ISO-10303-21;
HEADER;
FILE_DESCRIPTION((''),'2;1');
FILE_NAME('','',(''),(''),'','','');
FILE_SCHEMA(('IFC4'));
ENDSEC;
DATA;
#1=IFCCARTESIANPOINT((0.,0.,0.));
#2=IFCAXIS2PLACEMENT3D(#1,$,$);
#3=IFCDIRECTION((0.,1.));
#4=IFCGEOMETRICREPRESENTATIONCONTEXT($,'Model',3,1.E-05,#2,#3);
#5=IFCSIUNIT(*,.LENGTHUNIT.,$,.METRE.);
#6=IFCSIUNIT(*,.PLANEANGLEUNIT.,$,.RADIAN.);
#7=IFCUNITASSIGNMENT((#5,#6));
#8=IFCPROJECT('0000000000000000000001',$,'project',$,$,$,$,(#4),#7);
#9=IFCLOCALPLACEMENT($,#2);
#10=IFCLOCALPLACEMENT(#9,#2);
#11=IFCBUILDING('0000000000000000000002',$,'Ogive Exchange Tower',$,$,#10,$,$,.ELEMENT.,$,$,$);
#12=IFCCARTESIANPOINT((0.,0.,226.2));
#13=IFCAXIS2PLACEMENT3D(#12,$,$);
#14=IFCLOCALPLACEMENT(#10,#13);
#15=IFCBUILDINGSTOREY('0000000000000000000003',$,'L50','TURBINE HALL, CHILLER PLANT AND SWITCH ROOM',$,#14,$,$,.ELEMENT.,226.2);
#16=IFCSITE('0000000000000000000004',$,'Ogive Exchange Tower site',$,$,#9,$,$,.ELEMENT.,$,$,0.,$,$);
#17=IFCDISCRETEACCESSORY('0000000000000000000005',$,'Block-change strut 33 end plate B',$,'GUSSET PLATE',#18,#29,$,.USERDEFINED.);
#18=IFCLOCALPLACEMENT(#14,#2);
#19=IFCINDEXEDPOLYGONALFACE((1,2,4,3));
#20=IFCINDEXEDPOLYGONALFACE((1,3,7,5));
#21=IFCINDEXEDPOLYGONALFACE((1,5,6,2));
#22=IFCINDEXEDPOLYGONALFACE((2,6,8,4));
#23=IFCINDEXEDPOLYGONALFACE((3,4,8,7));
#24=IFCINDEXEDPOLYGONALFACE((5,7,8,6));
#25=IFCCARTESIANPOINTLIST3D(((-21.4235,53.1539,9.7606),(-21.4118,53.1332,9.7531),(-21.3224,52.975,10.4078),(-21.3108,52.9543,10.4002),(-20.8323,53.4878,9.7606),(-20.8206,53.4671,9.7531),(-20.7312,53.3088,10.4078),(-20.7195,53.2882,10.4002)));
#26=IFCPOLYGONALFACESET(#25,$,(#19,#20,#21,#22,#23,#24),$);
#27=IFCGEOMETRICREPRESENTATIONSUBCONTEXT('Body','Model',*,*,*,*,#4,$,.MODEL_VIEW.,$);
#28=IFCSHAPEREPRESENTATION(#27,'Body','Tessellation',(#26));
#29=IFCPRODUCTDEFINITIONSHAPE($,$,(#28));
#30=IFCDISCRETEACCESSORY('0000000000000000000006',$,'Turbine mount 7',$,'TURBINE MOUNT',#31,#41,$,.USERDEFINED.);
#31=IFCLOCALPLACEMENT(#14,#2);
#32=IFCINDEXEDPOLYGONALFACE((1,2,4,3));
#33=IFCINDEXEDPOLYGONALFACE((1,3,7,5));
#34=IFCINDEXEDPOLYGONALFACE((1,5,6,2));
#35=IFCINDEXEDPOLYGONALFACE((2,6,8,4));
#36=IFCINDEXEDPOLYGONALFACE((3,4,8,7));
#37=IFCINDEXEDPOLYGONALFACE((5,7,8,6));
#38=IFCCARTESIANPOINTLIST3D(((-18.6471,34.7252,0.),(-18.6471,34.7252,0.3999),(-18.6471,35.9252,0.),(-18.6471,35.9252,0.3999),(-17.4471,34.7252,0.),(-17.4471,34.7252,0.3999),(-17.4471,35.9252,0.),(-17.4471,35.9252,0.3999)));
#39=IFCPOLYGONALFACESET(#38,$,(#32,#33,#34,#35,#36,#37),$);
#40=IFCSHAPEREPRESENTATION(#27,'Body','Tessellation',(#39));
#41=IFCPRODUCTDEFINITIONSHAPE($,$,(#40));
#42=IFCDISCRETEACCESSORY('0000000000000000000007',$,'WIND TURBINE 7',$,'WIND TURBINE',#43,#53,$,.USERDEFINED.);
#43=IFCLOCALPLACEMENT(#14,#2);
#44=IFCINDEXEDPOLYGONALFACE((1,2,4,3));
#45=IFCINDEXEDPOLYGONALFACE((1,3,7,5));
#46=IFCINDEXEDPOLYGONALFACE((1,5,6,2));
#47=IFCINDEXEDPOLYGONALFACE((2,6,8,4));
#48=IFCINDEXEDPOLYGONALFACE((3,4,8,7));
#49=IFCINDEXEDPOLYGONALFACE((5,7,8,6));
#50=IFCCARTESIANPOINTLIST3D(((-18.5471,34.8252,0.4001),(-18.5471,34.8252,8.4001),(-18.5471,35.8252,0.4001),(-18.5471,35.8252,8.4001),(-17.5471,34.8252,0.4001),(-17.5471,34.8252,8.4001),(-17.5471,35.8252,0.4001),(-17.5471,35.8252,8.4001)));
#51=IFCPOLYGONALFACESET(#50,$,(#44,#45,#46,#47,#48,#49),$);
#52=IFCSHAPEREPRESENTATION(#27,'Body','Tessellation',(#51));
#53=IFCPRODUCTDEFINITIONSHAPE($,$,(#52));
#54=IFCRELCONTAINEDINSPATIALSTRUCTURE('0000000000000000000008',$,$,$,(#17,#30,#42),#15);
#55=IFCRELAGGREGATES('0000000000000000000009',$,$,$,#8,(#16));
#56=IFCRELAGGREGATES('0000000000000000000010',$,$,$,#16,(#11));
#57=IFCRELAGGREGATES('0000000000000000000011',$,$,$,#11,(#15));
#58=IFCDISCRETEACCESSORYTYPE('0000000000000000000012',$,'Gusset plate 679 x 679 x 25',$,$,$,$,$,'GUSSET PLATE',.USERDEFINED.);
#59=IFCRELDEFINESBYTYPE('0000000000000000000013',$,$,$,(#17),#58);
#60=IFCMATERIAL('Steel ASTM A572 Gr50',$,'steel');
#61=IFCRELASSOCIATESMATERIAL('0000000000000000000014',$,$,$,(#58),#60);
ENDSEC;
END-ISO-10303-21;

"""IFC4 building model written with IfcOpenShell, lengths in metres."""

from ifc_helpers import new_model, si_unit, direction, frame, origin, origin_2d, place, context, subcontext, project, spatial, rectangle, extrude, material, material_profile, profile_set, type_object, element, save


model = new_model("IFC4")

# Units and contexts
model_context = context("Model", 3, precision=1e-05, world=origin(), true_north=direction((0.0, 1.0)))
body_context = subcontext(model_context, "Body", "Model", "MODEL_VIEW")
ifc_project = project(units=[si_unit("LENGTHUNIT", "METRE"), si_unit("PLANEANGLEUNIT", "RADIAN")], contexts=[model_context])

# Site, building, storey
site_placement = place(None, origin())
site = spatial("IfcSite", under=ifc_project, at=site_placement, Name="Ogive Exchange Tower site", CompositionType="ELEMENT", RefElevation=0.0)
building_placement = place(site_placement, origin())
building = spatial("IfcBuilding", under=site, at=building_placement, Name="Ogive Exchange Tower", CompositionType="ELEMENT")
storey_placement = place(building_placement, frame((0.0, 0.0, 226.2)))
storey = spatial("IfcBuildingStorey", under=building, at=storey_placement, Name="L50", Description="TURBINE HALL, CHILLER PLANT AND SWITCH ROOM", CompositionType="ELEMENT", Elevation=226.2)

# Discrete accessories
ifc_material_1 = material(Name="Steel ASTM A572 Gr50", Category="steel")
ifc_material_profile_1 = material_profile(ifc_material_1, rectangle(XDim=0.679, YDim=0.679, at=origin_2d()), Name="PL 679 x 679 x 25")
ifc_profile_set_1 = profile_set([ifc_material_profile_1], Name="Steel ASTM A572 Gr50")
discrete_accessory_type_1 = type_object("IfcDiscreteAccessoryType", Name="Gusset plate 679 x 679 x 25", ElementType="GUSSET PLATE", PredefinedType="USERDEFINED", material=ifc_profile_set_1)
discrete_accessory_1_placement = place(storey_placement, frame((-21.0657, 53.2107, 10.0767), z_axis=(-0.468655, 0.82991, 0.302673), x_axis=(-0.870754, -0.49172, 0.0)))
element("IfcDiscreteAccessory", 1, at=discrete_accessory_1_placement, inside=storey, type_object=discrete_accessory_type_1, Name="Block-change strut 33 end plate B", ObjectType="GUSSET PLATE", PredefinedType="USERDEFINED", context=body_context, shape_type="SweptSolid", body=[
    extrude(rectangle(XDim=0.679, YDim=0.679, at=origin_2d()), origin(), (0.0, 0.0, 1.0), 0.0249),
])
discrete_accessory_2_placement = place(storey_placement, frame((-18.0471, 35.3252, 0.0), z_axis=(0.0, 0.0, 1.0), x_axis=(1.0, 0.0, 0.0)))
element("IfcDiscreteAccessory", 2, at=discrete_accessory_2_placement, inside=storey, Name="Turbine mount 7", ObjectType="TURBINE MOUNT", PredefinedType="USERDEFINED", context=body_context, shape_type="SweptSolid", body=[
    extrude(rectangle(XDim=1.2, YDim=1.2, at=origin_2d()), origin(), (0.0, 0.0, 1.0), 0.3999),
])
discrete_accessory_3_placement = place(storey_placement, frame((-18.0471, 35.3252, 0.4001), z_axis=(0.0, 0.0, 1.0), x_axis=(1.0, 0.0, 0.0)))
element("IfcDiscreteAccessory", 3, at=discrete_accessory_3_placement, inside=storey, Name="WIND TURBINE 7", ObjectType="WIND TURBINE", PredefinedType="USERDEFINED", context=body_context, shape_type="SweptSolid", body=[
    extrude(rectangle(XDim=1.0, YDim=1.0, at=origin_2d()), origin(), (0.0, 0.0, 1.0), 8.0),
])

save(model, "model.ifc")
